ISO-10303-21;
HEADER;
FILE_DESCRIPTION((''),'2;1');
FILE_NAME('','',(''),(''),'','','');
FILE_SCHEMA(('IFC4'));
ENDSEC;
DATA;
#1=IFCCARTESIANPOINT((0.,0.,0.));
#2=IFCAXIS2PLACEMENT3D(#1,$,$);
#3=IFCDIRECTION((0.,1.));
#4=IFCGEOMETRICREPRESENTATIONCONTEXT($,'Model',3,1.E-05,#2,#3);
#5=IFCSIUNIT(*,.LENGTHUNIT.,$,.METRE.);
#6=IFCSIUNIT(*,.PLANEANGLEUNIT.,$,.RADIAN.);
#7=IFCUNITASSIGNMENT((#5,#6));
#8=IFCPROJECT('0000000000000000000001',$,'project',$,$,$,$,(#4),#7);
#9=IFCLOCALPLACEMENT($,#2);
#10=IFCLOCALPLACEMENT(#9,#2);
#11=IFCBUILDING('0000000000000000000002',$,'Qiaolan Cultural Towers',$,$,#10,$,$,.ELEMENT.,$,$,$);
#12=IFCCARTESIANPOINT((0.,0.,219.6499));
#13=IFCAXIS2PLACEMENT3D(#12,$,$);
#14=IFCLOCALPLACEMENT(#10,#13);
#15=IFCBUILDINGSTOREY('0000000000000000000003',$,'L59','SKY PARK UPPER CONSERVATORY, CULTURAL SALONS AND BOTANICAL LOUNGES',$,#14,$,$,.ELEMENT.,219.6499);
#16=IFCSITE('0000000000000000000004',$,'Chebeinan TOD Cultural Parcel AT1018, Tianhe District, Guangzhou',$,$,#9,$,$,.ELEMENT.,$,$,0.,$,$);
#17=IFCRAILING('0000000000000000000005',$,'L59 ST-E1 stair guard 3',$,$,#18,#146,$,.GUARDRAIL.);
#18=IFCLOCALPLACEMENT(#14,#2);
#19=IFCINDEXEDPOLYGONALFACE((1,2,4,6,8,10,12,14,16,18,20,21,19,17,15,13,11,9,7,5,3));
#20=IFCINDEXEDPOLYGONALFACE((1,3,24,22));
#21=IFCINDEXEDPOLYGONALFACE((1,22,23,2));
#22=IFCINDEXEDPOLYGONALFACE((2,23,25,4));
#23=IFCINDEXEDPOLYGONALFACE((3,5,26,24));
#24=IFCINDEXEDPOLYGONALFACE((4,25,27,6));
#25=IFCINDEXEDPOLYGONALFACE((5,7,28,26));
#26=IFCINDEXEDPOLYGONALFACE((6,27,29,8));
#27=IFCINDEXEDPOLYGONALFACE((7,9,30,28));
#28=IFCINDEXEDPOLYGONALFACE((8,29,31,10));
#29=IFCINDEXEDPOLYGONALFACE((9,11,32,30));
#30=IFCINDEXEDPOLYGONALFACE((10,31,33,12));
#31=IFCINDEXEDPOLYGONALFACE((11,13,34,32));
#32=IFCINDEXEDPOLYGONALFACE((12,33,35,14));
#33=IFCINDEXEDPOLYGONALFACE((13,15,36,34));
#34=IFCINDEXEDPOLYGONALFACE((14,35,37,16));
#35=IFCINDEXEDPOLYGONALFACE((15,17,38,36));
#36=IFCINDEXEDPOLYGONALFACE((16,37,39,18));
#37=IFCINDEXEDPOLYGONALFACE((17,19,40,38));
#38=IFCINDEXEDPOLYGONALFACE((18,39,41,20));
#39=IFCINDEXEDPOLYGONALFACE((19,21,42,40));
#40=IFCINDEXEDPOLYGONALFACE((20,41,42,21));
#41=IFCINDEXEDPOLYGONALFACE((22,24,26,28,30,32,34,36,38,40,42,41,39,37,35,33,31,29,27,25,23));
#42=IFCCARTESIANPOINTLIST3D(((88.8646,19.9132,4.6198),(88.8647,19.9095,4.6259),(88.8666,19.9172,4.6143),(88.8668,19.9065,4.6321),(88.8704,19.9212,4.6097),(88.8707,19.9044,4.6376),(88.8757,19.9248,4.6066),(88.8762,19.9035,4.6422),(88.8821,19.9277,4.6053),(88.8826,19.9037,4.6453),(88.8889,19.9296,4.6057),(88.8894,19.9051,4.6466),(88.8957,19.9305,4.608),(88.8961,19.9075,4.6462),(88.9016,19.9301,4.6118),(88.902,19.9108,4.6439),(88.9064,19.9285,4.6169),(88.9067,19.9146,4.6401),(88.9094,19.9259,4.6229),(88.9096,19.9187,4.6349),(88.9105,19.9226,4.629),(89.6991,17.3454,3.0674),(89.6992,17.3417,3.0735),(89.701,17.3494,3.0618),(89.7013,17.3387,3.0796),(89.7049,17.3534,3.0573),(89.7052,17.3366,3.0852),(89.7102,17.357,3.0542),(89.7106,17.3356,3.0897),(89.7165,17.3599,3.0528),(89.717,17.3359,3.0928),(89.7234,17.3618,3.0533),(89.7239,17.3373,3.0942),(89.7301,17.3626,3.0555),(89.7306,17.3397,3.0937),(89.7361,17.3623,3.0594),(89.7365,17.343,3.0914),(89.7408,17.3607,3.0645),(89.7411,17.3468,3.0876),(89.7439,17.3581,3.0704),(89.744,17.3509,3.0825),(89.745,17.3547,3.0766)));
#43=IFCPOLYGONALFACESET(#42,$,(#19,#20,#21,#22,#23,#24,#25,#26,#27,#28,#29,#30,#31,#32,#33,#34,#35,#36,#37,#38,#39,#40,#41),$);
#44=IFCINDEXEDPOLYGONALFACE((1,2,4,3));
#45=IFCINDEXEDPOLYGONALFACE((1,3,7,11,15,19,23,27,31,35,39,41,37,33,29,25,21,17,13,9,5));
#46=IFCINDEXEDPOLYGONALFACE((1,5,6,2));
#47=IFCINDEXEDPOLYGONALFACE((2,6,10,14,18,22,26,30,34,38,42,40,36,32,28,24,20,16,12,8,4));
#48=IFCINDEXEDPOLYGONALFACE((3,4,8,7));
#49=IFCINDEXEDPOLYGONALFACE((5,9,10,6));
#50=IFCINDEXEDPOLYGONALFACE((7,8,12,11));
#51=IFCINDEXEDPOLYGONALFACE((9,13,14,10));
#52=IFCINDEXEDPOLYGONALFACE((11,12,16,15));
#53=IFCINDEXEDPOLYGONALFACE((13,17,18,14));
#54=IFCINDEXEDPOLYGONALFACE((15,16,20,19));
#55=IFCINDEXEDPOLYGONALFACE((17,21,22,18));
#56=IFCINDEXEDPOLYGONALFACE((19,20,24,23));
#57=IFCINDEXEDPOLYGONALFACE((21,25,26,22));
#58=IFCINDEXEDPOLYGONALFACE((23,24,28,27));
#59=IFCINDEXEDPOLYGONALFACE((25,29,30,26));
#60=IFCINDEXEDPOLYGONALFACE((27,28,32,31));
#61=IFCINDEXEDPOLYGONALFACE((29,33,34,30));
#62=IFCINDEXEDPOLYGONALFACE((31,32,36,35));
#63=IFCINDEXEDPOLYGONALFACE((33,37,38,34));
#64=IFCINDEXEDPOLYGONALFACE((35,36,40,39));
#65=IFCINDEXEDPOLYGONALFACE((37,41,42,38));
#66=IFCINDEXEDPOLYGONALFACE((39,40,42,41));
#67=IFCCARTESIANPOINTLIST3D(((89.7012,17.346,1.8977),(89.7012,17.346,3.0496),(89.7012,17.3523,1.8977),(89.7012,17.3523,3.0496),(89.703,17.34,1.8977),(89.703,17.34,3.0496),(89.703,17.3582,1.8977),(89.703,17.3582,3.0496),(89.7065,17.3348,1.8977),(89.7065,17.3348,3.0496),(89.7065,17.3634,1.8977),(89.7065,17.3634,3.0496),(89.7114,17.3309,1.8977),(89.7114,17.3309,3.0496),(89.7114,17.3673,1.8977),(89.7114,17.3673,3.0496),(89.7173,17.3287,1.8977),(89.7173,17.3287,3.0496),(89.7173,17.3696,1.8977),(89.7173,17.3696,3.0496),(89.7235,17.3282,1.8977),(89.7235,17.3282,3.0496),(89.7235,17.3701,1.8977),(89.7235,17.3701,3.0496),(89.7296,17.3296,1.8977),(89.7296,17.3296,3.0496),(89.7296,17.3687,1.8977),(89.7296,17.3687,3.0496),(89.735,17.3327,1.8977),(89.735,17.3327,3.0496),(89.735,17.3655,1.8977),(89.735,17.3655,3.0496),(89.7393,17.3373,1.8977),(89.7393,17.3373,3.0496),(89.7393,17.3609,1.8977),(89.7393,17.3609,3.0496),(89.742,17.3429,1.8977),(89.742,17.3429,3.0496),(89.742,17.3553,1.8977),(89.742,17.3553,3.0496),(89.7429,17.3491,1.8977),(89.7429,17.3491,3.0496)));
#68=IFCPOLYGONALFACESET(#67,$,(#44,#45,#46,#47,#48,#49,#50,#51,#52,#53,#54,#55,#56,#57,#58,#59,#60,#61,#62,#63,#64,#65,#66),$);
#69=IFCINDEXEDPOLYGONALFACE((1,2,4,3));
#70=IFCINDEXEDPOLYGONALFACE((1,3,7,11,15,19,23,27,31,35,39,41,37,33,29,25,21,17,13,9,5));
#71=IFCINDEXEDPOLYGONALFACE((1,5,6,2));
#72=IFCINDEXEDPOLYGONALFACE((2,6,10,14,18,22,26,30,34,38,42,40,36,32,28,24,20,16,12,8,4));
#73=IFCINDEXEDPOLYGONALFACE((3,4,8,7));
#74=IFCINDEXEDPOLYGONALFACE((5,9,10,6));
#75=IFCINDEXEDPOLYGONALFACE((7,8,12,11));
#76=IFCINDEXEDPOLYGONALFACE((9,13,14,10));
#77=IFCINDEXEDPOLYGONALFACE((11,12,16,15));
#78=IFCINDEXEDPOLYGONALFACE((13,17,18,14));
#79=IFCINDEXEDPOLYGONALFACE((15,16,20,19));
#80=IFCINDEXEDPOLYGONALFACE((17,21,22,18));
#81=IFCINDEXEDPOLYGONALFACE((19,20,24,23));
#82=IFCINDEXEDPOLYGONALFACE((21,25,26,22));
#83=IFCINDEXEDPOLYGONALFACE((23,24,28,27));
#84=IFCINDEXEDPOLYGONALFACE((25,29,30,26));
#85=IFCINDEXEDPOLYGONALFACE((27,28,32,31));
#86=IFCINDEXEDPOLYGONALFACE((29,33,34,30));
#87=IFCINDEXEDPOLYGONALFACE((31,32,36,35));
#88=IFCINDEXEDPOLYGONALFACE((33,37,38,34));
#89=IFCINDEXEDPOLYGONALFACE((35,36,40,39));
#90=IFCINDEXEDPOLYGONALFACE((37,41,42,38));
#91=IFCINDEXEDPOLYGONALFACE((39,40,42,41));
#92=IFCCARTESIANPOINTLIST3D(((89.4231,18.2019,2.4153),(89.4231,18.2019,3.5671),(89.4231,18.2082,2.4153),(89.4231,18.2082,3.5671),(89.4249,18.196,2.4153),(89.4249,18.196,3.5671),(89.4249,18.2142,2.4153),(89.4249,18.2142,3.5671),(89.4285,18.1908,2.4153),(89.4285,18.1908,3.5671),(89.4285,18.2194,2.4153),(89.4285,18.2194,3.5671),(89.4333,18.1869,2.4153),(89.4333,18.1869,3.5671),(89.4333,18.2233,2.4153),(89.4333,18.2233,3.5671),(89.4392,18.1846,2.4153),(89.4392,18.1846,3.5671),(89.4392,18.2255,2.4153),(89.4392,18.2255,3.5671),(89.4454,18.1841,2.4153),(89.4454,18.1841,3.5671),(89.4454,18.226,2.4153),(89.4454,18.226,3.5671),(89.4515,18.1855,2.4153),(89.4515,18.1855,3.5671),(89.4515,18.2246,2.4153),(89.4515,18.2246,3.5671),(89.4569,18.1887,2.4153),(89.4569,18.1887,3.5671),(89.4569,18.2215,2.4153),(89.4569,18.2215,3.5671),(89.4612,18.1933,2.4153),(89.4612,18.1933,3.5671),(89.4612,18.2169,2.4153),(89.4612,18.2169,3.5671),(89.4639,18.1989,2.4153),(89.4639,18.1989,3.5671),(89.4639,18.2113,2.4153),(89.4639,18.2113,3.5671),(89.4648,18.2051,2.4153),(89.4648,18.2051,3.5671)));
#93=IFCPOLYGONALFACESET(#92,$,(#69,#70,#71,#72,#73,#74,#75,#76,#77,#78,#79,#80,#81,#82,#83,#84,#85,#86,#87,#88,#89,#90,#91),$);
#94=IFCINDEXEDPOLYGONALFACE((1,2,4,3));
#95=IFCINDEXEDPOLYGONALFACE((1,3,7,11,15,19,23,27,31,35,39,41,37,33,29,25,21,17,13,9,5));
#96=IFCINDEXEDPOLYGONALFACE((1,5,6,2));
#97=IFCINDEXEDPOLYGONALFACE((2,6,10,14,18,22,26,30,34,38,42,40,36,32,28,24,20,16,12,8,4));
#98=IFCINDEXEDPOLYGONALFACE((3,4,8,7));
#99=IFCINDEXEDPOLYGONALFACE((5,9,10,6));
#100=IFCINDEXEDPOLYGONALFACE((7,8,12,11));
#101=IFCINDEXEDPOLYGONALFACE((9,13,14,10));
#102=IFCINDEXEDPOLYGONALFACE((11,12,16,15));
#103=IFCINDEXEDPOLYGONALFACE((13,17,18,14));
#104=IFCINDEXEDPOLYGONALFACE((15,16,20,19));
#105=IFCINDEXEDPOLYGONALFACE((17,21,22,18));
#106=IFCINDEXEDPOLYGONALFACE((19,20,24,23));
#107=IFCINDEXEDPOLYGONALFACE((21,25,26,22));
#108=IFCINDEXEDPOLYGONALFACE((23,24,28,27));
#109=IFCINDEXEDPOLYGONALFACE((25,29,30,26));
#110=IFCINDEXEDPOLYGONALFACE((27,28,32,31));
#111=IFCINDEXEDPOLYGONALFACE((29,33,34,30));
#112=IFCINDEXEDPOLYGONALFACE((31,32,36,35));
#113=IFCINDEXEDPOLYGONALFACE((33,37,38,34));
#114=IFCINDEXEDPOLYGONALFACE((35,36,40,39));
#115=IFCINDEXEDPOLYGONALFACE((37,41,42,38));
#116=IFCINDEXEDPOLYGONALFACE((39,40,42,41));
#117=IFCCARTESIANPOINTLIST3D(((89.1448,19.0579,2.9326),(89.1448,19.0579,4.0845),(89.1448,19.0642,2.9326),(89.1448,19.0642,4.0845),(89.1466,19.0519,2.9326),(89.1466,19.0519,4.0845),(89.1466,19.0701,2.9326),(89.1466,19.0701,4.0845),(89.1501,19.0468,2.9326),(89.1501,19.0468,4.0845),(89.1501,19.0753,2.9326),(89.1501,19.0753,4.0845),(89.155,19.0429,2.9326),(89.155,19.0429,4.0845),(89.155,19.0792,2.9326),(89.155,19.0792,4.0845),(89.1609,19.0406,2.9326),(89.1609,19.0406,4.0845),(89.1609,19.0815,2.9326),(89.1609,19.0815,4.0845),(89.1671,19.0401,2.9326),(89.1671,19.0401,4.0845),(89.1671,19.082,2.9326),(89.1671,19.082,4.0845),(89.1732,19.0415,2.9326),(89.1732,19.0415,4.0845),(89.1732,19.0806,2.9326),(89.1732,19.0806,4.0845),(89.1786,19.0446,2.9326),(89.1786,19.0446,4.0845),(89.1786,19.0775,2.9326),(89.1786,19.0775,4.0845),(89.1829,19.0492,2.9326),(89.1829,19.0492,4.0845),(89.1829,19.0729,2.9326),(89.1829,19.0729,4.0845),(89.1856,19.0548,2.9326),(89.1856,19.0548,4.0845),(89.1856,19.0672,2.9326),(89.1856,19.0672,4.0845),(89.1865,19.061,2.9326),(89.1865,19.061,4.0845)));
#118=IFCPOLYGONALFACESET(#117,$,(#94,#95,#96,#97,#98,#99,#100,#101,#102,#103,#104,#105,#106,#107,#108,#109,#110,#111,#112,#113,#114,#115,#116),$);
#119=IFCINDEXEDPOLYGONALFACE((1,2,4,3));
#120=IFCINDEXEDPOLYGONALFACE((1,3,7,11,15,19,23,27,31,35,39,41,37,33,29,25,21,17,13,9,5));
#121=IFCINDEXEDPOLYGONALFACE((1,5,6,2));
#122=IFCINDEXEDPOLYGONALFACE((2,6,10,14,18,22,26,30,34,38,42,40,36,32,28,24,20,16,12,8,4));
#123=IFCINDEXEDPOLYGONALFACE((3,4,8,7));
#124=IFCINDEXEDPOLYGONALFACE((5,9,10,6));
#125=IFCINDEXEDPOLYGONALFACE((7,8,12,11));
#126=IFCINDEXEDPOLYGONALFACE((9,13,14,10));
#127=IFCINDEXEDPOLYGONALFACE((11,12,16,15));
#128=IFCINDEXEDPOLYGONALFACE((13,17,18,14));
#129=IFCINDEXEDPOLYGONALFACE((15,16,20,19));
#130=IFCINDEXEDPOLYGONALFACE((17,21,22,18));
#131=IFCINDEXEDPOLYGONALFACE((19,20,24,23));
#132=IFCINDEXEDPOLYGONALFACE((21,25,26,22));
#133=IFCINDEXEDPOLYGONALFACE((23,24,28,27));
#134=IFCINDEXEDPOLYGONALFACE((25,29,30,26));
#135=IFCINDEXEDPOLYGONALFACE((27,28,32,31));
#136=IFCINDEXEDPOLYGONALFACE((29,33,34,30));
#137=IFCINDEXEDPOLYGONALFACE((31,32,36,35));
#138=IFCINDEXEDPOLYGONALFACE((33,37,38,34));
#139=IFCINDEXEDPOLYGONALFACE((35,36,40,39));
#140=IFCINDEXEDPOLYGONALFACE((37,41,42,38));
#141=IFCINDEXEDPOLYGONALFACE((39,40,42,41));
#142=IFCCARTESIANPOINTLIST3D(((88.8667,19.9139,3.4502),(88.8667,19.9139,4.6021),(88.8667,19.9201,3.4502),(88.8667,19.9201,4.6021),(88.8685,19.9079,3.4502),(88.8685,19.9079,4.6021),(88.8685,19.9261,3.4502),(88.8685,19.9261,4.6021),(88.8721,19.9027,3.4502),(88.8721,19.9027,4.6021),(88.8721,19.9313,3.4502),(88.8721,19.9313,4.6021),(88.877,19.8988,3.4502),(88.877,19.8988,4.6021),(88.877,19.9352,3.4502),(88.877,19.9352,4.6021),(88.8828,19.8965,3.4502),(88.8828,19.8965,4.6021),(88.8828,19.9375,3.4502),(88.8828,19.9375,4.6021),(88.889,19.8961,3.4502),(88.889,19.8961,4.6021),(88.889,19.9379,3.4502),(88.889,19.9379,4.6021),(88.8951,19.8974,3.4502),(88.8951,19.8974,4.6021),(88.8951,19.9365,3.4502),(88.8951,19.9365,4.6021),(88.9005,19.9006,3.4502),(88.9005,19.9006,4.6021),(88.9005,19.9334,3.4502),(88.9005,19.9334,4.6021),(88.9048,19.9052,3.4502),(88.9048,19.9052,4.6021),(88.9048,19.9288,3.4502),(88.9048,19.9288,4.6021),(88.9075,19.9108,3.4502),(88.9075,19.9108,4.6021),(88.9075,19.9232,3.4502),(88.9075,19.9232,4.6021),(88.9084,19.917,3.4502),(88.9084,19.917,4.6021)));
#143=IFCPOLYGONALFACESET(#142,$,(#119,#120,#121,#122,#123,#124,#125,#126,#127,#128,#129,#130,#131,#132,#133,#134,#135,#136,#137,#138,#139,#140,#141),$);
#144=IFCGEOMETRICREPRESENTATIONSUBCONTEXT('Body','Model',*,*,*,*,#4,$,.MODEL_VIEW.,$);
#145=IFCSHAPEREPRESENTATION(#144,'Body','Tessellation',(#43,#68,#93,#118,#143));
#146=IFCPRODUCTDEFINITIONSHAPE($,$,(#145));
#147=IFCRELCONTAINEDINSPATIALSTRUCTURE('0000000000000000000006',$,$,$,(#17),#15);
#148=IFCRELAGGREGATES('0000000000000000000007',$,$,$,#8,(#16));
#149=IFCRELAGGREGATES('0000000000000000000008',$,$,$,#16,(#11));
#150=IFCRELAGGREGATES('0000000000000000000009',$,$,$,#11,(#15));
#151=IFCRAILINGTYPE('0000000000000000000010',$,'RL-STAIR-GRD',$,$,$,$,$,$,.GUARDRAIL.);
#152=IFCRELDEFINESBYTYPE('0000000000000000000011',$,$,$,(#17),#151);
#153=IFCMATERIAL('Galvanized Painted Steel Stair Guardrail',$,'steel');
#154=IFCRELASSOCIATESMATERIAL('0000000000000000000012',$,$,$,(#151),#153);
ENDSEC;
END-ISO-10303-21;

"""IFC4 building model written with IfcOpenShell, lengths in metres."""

from ifc_helpers import new_model, si_unit, direction, frame, origin, origin_2d, place, context, subcontext, project, spatial, circle, extrude, material, type_object, element, save


model = new_model("IFC4")

# Units and contexts
model_context = context("Model", 3, precision=1e-05, world=origin(), true_north=direction((0.0, 1.0)))
body_context = subcontext(model_context, "Body", "Model", "MODEL_VIEW")
ifc_project = project(units=[si_unit("LENGTHUNIT", "METRE"), si_unit("PLANEANGLEUNIT", "RADIAN")], contexts=[model_context])

# Site, building, storey
site_placement = place(None, origin())
site = spatial("IfcSite", under=ifc_project, at=site_placement, Name="Chebeinan TOD Cultural Parcel AT1018, Tianhe District, Guangzhou", CompositionType="ELEMENT", RefElevation=0.0)
building_placement = place(site_placement, origin())
building = spatial("IfcBuilding", under=site, at=building_placement, Name="Qiaolan Cultural Towers", CompositionType="ELEMENT")
storey_placement = place(building_placement, frame((0.0, 0.0, 219.6499)))
storey = spatial("IfcBuildingStorey", under=building, at=storey_placement, Name="L59", Description="SKY PARK UPPER CONSERVATORY, CULTURAL SALONS AND BOTANICAL LOUNGES", CompositionType="ELEMENT", Elevation=219.6499)

# Railing
ifc_material_1 = material(Name="Galvanized Painted Steel Stair Guardrail", Category="steel")
railing_type_1 = type_object("IfcRailingType", Name="RL-STAIR-GRD", PredefinedType="GUARDRAIL", material=ifc_material_1)
railing_1_placement = place(storey_placement, frame((89.7219, 17.3491, 1.8977)))
element("IfcRailing", 1, at=railing_1_placement, inside=storey, type_object=railing_type_1, Name="L59 ST-E1 stair guard 3", PredefinedType="GUARDRAIL", context=body_context, shape_type="SweptSolid", body=[
    extrude(circle(Radius=0.0239, at=origin_2d()), frame((0.0, 0.0, 1.1758), z_axis=(-0.267926, 0.824471, 0.498461), x_axis=(-0.951043, -0.309057, 0.0)), (0.0, 0.0, 1.0), 3.1145),
    extrude(circle(Radius=0.021, at=origin_2d()), origin(), (0.0, 0.0, 1.0), 1.1519),
    extrude(circle(Radius=0.021, at=origin_2d()), frame((-0.2781, 0.856, 0.5176)), (0.0, 0.0, 1.0), 1.1519),
    extrude(circle(Radius=0.021, at=origin_2d()), frame((-0.5564, 1.7119, 1.0349)), (0.0, 0.0, 1.0), 1.1519),
    extrude(circle(Radius=0.021, at=origin_2d()), frame((-0.8345, 2.5679, 1.5525)), (0.0, 0.0, 1.0), 1.1519),
])

save(model, "model.ifc")
